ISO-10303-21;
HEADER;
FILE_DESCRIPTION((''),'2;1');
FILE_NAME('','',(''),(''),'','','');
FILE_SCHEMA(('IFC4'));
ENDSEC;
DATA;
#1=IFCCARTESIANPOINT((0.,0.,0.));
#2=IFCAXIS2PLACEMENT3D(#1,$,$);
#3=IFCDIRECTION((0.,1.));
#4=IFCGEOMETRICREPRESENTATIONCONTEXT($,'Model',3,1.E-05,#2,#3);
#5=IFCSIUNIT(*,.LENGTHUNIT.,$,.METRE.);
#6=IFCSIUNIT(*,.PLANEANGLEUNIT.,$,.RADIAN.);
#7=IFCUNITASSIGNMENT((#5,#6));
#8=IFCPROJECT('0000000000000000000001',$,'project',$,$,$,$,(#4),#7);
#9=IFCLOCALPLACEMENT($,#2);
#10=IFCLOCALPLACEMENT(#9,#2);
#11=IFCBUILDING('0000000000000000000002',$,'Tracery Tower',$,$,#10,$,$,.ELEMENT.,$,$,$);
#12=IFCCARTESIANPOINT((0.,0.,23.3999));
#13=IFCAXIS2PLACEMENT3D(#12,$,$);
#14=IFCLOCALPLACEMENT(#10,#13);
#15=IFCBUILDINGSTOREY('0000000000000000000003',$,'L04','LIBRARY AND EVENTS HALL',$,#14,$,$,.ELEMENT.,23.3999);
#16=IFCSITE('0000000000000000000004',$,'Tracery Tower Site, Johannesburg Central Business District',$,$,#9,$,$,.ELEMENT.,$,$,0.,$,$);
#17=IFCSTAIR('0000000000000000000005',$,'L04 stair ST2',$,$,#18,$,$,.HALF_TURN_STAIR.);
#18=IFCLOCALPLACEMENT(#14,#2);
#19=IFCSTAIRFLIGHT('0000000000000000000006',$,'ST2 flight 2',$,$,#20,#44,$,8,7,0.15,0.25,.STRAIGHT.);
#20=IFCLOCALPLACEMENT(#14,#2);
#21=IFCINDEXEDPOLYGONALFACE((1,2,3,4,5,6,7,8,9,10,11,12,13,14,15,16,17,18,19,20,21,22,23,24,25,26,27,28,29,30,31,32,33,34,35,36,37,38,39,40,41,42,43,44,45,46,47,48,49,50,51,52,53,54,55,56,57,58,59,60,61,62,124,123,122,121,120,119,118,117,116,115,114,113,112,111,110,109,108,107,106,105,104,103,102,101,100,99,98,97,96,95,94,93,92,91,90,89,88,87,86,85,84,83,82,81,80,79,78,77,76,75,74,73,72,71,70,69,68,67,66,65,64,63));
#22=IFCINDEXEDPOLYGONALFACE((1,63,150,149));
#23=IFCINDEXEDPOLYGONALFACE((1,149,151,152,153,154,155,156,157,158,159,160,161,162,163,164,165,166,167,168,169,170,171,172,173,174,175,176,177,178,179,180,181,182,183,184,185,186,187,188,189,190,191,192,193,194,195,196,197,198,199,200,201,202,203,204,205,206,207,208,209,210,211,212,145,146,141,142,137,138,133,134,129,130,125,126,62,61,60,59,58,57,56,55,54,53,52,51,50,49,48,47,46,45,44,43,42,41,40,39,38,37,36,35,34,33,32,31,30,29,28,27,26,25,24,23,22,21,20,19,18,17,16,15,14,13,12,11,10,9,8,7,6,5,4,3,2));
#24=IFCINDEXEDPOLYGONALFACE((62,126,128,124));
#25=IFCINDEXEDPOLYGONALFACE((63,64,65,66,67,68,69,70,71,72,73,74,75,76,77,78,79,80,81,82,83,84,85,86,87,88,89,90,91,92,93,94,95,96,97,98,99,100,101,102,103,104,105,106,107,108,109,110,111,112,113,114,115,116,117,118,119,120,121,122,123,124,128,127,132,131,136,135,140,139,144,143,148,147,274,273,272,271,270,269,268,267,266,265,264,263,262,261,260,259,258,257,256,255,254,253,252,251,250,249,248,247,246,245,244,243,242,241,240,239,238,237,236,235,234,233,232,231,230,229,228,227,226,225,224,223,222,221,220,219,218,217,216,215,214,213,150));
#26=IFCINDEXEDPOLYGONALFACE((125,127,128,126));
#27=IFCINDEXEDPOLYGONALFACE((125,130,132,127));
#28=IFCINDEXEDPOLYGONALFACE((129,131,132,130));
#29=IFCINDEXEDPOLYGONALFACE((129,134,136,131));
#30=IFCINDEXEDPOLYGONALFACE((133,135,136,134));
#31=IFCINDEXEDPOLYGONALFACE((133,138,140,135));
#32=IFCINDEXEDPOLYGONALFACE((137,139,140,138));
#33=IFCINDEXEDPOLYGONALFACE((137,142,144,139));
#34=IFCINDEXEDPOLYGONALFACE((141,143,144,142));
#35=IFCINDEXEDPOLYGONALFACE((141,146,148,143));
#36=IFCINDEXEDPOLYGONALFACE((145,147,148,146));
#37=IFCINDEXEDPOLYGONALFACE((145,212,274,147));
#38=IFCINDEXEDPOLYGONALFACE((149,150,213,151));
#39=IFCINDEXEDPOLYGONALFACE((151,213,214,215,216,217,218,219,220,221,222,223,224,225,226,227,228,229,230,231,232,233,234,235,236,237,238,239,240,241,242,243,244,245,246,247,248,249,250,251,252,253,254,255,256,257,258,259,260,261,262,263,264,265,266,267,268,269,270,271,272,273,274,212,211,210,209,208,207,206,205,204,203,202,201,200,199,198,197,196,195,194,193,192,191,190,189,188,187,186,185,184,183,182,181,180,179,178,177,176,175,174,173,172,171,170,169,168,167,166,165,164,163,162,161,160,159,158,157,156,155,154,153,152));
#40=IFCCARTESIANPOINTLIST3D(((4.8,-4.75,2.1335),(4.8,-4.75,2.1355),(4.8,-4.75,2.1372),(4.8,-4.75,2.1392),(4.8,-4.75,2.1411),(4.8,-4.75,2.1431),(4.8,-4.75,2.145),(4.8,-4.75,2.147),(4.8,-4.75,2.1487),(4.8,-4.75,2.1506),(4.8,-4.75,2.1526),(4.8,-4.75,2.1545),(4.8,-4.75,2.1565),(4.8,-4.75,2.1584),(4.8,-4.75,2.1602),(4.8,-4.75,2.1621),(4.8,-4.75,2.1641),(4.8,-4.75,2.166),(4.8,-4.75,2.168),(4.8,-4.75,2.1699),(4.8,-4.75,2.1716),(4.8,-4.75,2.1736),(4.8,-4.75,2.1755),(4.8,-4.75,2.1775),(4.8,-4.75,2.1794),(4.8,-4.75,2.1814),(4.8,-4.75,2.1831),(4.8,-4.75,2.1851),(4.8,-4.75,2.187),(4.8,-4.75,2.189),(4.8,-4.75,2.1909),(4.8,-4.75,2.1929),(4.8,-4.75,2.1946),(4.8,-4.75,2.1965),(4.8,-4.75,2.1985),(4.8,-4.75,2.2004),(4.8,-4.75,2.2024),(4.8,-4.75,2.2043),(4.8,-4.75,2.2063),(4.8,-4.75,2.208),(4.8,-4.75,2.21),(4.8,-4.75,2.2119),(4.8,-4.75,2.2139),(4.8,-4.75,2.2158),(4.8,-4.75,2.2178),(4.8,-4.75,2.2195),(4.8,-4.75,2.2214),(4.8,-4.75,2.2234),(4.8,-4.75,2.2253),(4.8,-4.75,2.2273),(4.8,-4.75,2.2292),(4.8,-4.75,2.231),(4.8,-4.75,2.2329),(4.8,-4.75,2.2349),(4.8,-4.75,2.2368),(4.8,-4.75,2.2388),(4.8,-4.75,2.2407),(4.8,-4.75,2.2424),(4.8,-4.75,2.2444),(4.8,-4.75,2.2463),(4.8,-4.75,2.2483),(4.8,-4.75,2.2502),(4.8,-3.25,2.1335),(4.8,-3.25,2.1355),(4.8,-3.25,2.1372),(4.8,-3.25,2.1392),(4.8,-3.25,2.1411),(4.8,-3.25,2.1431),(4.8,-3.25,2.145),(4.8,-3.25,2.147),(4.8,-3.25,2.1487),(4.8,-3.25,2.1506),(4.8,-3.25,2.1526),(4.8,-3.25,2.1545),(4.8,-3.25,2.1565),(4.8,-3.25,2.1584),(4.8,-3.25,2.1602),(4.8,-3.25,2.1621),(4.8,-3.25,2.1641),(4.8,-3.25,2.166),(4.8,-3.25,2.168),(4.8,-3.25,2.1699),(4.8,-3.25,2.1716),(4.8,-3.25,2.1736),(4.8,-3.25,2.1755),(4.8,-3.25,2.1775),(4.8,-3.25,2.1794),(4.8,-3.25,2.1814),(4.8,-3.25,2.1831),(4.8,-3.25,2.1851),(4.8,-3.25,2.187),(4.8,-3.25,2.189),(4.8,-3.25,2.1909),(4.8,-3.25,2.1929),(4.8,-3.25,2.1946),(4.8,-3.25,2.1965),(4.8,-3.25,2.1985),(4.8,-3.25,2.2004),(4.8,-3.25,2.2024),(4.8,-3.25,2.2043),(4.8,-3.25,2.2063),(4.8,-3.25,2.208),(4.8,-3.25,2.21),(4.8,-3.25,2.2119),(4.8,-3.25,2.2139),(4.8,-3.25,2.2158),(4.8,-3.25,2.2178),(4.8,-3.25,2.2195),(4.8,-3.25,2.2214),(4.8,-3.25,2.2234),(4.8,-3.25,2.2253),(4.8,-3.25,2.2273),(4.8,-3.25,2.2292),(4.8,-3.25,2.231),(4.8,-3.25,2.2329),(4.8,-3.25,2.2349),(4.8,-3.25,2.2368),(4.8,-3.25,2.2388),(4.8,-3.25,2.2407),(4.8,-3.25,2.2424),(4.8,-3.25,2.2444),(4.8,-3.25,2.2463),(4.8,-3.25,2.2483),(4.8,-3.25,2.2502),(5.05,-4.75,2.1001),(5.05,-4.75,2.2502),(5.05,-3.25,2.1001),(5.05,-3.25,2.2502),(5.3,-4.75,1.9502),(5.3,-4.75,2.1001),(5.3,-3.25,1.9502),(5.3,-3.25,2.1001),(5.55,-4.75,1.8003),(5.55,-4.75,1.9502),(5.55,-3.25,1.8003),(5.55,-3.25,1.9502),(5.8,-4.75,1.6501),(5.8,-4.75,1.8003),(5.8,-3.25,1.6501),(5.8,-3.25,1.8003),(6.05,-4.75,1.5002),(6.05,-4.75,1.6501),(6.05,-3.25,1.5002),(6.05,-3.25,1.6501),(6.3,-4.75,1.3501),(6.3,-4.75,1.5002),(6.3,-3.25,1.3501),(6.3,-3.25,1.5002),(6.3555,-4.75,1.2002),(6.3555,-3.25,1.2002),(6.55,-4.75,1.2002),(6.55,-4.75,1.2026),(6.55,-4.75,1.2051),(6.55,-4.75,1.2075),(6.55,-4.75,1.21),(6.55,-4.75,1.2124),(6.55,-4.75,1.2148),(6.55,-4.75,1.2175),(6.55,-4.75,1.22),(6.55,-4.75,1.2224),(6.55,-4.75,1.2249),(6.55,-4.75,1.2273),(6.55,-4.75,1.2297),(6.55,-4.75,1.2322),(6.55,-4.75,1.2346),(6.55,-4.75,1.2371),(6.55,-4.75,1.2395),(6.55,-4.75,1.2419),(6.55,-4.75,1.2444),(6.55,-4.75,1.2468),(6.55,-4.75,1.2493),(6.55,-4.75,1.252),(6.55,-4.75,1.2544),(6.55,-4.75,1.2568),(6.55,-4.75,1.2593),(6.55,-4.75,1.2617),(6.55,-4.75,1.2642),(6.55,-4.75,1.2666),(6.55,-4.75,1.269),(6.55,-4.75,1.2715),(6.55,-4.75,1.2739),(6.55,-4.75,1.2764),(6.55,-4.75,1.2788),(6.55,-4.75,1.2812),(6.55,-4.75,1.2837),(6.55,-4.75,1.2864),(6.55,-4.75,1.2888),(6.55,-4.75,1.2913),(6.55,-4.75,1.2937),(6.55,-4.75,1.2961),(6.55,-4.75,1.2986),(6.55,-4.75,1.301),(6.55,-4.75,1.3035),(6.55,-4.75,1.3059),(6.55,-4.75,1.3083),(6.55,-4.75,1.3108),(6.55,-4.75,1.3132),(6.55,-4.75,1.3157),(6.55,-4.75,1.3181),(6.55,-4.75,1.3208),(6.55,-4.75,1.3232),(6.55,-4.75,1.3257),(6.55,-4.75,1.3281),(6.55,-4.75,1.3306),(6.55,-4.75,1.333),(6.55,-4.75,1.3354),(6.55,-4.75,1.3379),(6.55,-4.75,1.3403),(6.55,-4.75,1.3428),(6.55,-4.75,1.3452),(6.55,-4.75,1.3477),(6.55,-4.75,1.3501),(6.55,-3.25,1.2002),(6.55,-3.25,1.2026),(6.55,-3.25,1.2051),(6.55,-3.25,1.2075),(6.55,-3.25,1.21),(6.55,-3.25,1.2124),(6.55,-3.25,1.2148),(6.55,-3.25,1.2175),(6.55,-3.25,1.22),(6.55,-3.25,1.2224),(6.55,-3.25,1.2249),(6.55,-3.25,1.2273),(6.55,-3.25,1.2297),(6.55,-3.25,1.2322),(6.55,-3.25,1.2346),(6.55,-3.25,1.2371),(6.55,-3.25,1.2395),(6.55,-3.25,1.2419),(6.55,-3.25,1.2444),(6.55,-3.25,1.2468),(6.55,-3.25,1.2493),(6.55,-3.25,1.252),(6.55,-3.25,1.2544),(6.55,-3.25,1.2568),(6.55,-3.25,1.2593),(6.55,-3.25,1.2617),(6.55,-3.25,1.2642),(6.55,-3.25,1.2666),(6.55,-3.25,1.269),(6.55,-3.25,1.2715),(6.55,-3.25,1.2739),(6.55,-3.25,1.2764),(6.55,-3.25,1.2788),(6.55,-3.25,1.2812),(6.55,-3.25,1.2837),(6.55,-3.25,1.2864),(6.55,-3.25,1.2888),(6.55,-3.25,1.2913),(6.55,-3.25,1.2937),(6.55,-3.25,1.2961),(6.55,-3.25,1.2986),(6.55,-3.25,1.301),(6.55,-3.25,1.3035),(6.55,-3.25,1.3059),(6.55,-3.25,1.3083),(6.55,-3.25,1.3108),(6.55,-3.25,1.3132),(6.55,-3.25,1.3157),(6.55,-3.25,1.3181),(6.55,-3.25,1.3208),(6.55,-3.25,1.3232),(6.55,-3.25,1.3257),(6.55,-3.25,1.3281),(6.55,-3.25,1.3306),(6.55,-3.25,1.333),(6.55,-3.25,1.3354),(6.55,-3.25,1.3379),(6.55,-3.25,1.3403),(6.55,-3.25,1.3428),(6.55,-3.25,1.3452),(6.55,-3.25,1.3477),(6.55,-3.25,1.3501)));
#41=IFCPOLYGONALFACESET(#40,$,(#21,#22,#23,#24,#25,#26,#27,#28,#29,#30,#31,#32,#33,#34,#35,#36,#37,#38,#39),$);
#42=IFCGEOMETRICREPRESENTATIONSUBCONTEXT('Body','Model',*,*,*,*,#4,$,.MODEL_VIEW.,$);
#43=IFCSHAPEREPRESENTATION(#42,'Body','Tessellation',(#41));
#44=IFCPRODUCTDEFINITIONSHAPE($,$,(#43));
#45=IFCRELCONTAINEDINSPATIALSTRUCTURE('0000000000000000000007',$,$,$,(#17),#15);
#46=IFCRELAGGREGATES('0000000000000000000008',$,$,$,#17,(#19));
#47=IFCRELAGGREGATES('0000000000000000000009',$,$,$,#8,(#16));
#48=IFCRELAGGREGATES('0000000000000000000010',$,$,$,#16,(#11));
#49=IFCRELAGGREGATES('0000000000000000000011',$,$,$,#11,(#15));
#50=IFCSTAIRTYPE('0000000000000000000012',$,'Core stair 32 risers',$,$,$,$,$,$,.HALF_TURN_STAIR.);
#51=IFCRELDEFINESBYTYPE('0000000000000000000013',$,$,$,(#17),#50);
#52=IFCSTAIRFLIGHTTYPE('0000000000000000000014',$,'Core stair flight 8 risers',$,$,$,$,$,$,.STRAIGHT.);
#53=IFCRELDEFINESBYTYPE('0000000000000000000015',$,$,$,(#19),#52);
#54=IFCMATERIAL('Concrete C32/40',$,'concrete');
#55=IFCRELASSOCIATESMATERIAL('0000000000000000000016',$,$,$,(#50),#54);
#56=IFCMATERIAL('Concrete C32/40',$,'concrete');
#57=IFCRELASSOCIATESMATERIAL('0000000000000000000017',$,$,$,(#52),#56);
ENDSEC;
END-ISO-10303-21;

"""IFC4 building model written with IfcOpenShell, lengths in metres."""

from ifc_helpers import new_model, si_unit, direction, frame, origin, place, context, subcontext, project, spatial, polyline, outline, extrude, material, type_object, element, aggregate, save


model = new_model("IFC4")

# Units and contexts
model_context = context("Model", 3, precision=1e-05, world=origin(), true_north=direction((0.0, 1.0)))
body_context = subcontext(model_context, "Body", "Model", "MODEL_VIEW")
ifc_project = project(units=[si_unit("LENGTHUNIT", "METRE"), si_unit("PLANEANGLEUNIT", "RADIAN")], contexts=[model_context])

# Site, building, storey
site_placement = place(None, origin())
site = spatial("IfcSite", under=ifc_project, at=site_placement, Name="Tracery Tower Site, Johannesburg Central Business District", CompositionType="ELEMENT", RefElevation=0.0)
building_placement = place(site_placement, origin())
building = spatial("IfcBuilding", under=site, at=building_placement, Name="Tracery Tower", CompositionType="ELEMENT")
storey_placement = place(building_placement, frame((0.0, 0.0, 23.3999)))
storey = spatial("IfcBuildingStorey", under=building, at=storey_placement, Name="L04", Description="LIBRARY AND EVENTS HALL", CompositionType="ELEMENT", Elevation=23.3999)

# Stair, stair flight
ifc_material_1 = material(Name="Concrete C32/40", Category="concrete")
stair_type = type_object("IfcStairType", Name="Core stair 32 risers", PredefinedType="HALF_TURN_STAIR", material=ifc_material_1)
stair_placement = place(storey_placement, origin())
stair = element("IfcStair", 1, at=stair_placement, inside=storey, type_object=stair_type, Name="L04 stair ST2", PredefinedType="HALF_TURN_STAIR")
ifc_material_2 = material(Name="Concrete C32/40", Category="concrete")
stair_flight_type = type_object("IfcStairFlightType", Name="Core stair flight 8 risers", PredefinedType="STRAIGHT", material=ifc_material_2)
stair_flight_1_placement = place(storey_placement, frame((6.55, -4.0, 1.2002), z_axis=(0.0, 0.0, 1.0), x_axis=(-1.0, 0.0, 0.0)))
stair_flight_1 = element("IfcStairFlight", 2, at=stair_flight_1_placement, type_object=stair_flight_type, Name="ST2 flight 2", NumberOfRisers=8, NumberOfTreads=7, PredefinedType="STRAIGHT", RiserHeight=0.15, TreadLength=0.25, context=body_context, shape_type="SweptSolid", body=[
    extrude(outline(polyline([(0.0, 0.0), (0.0, 0.0024), (0.0, 0.0049), (0.0, 0.0073), (0.0, 0.0098), (0.0, 0.0122), (0.0, 0.0146), (0.0, 0.0173), (0.0, 0.0198), (0.0, 0.0222), (0.0, 0.0247), (0.0, 0.0271), (0.0, 0.0295), (0.0, 0.032), (0.0, 0.0344), (0.0, 0.0369), (0.0, 0.0393), (0.0, 0.0417), (0.0, 0.0442), (0.0, 0.0466), (0.0, 0.0491), (0.0, 0.0518), (0.0, 0.0542), (0.0, 0.0566), (0.0, 0.0591), (0.0, 0.0615), (0.0, 0.064), (0.0, 0.0664), (0.0, 0.0688), (0.0, 0.0713), (0.0, 0.0737), (0.0, 0.0762), (0.0, 0.0786), (0.0, 0.0811), (0.0, 0.0835), (0.0, 0.0862), (0.0, 0.0886), (0.0, 0.0911), (0.0, 0.0935), (0.0, 0.0959), (0.0, 0.0984), (0.0, 0.1008), (0.0, 0.1033), (0.0, 0.1057), (0.0, 0.1082), (0.0, 0.1106), (0.0, 0.113), (0.0, 0.1155), (0.0, 0.1179), (0.0, 0.1206), (0.0, 0.123), (0.0, 0.1255), (0.0, 0.1279), (0.0, 0.1304), (0.0, 0.1328), (0.0, 0.1353), (0.0, 0.1377), (0.0, 0.1401), (0.0, 0.1426), (0.0, 0.145), (0.0, 0.1475), (0.0, 0.1499), (0.25, 0.1499), (0.25, 0.3), (0.5, 0.3), (0.5, 0.45), (0.75, 0.45), (0.75, 0.6001), (1.0, 0.6001), (1.0, 0.75), (1.25, 0.75), (1.25, 0.8999), (1.5, 0.8999), (1.5, 1.05), (1.75, 1.05), (1.75, 1.0481), (1.75, 1.0461), (1.75, 1.0442), (1.75, 1.0422), (1.75, 1.0405), (1.75, 1.0386), (1.75, 1.0366), (1.75, 1.0347), (1.75, 1.0327), (1.75, 1.0308), (1.75, 1.0291), (1.75, 1.0271), (1.75, 1.0251), (1.75, 1.0232), (1.75, 1.0212), (1.75, 1.0193), (1.75, 1.0176), (1.75, 1.0156), (1.75, 1.0137), (1.75, 1.0117), (1.75, 1.0098), (1.75, 1.0078), (1.75, 1.0061), (1.75, 1.0042), (1.75, 1.0022), (1.75, 1.0002), (1.75, 0.9983), (1.75, 0.9963), (1.75, 0.9944), (1.75, 0.9927), (1.75, 0.9907), (1.75, 0.9888), (1.75, 0.9868), (1.75, 0.9849), (1.75, 0.9829), (1.75, 0.9812), (1.75, 0.9792), (1.75, 0.9773), (1.75, 0.9753), (1.75, 0.9734), (1.75, 0.9714), (1.75, 0.9697), (1.75, 0.9678), (1.75, 0.9658), (1.75, 0.9639), (1.75, 0.9619), (1.75, 0.96), (1.75, 0.9583), (1.75, 0.9563), (1.75, 0.9543), (1.75, 0.9524), (1.75, 0.9504), (1.75, 0.9485), (1.75, 0.9468), (1.75, 0.9448), (1.75, 0.9429), (1.75, 0.9409), (1.75, 0.939), (1.75, 0.937), (1.75, 0.9353), (1.75, 0.9333), (0.1946, 0.0), (0.0, 0.0)])), frame((0.0, 0.75, 0.0), z_axis=(0.0, -1.0, 0.0), x_axis=(1.0, 0.0, 0.0)), (0.0, 0.0, 1.0), 1.5),
])
aggregate(stair, [stair_flight_1])

save(model, "model.ifc")
